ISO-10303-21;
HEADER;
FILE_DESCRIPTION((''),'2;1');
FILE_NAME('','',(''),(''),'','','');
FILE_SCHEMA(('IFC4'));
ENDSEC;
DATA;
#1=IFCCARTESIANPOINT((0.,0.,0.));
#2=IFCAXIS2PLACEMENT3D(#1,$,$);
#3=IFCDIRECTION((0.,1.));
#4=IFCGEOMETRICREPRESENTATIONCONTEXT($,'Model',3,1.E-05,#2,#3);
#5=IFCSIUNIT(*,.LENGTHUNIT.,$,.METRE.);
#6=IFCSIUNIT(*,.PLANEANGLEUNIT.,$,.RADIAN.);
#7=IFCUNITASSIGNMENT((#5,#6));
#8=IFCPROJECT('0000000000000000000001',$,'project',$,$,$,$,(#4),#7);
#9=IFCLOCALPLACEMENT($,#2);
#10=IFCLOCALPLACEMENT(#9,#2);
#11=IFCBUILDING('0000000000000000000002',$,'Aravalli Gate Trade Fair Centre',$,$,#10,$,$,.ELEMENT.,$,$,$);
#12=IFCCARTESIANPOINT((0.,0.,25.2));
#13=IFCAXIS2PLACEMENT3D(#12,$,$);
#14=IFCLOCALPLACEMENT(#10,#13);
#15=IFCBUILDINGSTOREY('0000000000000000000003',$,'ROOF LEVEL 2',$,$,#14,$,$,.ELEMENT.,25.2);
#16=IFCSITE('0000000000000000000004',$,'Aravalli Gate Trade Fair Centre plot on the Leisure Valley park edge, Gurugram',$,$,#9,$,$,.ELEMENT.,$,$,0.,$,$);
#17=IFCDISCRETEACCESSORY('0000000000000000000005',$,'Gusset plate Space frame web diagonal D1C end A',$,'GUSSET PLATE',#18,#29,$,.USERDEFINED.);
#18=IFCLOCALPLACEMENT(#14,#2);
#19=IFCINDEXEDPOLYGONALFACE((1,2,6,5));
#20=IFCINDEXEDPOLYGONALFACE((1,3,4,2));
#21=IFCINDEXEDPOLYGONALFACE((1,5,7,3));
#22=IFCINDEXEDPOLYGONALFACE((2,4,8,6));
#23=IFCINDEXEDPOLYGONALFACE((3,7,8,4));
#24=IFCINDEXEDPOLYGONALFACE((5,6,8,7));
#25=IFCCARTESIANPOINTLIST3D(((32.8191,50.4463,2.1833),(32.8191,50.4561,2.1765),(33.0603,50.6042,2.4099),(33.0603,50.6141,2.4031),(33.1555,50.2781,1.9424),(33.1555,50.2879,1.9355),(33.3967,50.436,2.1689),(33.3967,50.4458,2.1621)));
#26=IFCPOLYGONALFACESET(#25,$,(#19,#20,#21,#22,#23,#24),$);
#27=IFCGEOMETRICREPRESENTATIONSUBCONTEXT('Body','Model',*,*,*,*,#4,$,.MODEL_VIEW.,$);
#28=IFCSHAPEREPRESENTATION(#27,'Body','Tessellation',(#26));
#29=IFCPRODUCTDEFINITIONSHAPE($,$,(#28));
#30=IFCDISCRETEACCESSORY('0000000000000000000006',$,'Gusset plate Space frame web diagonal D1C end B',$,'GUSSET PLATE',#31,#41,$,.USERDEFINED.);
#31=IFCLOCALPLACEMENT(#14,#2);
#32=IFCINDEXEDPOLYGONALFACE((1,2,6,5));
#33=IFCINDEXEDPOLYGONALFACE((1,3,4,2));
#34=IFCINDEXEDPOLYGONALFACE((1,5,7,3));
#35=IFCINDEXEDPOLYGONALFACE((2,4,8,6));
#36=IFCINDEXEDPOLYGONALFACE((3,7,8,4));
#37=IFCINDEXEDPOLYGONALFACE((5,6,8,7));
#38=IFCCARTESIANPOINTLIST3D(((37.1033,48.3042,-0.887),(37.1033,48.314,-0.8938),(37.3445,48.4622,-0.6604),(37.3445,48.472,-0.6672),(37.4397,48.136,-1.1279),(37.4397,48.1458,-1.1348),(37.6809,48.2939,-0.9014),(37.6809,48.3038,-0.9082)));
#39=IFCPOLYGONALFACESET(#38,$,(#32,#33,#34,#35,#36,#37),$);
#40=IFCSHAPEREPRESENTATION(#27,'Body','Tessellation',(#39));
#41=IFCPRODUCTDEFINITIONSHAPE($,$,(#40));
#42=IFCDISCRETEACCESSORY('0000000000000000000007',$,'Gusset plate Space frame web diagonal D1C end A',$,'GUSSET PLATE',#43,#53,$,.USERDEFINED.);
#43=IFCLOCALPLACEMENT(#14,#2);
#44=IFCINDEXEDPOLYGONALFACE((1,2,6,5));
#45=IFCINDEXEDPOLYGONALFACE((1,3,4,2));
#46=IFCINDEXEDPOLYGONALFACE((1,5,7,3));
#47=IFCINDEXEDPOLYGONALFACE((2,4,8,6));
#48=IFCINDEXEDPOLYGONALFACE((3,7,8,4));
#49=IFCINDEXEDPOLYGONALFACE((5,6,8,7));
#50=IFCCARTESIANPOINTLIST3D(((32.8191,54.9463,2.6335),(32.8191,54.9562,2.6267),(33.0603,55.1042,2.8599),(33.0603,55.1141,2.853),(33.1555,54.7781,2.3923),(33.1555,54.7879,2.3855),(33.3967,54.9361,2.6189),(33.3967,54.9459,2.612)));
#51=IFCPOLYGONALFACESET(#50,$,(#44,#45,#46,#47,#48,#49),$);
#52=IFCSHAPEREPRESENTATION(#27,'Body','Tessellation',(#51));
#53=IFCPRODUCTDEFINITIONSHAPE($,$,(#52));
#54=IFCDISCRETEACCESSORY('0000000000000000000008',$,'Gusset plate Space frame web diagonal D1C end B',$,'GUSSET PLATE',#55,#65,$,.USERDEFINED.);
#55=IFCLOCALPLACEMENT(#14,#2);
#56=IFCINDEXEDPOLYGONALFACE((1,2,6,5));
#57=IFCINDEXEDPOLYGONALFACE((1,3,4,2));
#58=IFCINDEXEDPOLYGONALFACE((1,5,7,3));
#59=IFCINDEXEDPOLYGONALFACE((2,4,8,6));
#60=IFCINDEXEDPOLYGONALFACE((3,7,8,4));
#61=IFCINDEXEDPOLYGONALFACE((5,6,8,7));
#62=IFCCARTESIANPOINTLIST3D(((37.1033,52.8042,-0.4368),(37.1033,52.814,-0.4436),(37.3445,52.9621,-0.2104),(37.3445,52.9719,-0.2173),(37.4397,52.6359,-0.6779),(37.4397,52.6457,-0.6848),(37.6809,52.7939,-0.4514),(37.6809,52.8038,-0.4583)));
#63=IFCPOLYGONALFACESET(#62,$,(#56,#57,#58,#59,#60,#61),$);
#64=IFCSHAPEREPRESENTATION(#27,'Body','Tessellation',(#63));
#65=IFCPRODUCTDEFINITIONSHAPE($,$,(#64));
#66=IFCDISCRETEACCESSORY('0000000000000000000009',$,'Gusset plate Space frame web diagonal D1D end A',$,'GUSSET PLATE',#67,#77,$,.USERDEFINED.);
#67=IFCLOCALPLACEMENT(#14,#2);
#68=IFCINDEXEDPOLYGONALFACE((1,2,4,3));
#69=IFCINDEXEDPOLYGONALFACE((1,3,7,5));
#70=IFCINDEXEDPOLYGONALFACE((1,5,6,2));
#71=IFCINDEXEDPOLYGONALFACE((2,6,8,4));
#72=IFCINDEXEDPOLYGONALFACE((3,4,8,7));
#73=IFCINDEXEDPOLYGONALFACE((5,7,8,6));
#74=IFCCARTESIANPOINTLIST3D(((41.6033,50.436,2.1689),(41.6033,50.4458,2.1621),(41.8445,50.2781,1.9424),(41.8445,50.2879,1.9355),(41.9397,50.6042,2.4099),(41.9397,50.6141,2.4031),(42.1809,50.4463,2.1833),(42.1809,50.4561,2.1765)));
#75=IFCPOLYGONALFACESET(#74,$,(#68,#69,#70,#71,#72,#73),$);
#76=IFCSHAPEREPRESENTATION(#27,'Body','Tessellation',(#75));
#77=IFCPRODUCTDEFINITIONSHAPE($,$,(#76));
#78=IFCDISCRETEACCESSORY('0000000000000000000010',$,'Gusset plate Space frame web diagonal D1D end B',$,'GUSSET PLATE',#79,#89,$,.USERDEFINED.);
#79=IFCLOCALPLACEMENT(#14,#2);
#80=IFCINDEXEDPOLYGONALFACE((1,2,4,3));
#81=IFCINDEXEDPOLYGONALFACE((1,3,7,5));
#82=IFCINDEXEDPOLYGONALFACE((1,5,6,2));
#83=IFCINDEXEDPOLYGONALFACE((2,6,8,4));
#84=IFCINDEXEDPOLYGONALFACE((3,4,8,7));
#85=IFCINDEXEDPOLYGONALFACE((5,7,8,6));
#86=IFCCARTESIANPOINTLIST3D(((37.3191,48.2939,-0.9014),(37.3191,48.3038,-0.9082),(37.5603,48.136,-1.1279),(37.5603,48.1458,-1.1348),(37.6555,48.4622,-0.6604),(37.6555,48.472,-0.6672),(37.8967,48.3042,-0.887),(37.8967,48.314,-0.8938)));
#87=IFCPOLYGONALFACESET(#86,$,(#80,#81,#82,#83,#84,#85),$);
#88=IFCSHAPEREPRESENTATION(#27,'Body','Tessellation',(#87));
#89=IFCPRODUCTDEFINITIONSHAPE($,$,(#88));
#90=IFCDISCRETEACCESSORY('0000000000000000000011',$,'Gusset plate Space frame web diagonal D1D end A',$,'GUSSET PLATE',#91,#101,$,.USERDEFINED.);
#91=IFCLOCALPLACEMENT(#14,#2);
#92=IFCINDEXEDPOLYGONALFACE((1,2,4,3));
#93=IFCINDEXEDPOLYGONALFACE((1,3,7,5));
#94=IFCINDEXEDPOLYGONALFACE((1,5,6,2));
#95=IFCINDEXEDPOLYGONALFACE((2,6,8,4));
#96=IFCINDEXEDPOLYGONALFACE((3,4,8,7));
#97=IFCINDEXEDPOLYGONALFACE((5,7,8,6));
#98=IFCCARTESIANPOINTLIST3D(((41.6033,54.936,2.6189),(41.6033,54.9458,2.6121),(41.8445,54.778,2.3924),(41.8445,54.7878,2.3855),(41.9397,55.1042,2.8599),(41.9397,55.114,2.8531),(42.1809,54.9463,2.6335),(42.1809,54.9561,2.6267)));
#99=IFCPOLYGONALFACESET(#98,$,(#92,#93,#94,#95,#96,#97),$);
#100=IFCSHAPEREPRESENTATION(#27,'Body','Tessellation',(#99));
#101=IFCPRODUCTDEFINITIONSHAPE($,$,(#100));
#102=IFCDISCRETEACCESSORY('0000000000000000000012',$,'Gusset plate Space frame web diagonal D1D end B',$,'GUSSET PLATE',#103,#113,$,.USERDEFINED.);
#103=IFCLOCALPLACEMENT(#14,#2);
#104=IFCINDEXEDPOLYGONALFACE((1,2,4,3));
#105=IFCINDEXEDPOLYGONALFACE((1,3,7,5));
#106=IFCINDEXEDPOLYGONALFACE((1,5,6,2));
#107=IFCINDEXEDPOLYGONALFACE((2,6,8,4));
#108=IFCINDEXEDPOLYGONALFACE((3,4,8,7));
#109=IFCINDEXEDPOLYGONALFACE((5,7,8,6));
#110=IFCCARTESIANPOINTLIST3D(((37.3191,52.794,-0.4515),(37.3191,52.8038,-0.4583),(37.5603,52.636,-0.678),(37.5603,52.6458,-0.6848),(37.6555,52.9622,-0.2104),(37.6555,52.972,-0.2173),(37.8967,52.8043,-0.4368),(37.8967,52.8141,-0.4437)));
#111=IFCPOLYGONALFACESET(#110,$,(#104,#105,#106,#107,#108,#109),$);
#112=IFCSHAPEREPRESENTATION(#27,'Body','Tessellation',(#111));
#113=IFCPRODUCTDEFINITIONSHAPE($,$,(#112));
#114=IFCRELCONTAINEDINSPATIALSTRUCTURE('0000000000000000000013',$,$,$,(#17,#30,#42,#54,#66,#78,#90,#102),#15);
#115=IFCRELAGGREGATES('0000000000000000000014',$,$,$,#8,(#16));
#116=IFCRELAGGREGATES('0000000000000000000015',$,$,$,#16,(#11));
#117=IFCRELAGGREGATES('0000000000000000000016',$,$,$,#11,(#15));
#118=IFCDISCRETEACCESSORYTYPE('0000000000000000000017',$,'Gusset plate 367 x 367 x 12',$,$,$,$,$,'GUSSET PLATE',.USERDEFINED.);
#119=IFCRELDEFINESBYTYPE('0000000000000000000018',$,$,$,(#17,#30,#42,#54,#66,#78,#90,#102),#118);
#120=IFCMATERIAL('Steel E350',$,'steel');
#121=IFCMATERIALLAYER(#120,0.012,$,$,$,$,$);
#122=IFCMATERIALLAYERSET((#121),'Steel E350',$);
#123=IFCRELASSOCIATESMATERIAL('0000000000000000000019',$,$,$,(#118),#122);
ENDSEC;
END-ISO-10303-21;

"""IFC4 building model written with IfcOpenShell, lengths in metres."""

from ifc_helpers import new_model, si_unit, direction, frame, origin, place, context, subcontext, project, spatial, polyline, outline, extrude, material, layer, layer_set, type_object, element, save


model = new_model("IFC4")

# Units and contexts
model_context = context("Model", 3, precision=1e-05, world=origin(), true_north=direction((0.0, 1.0)))
body_context = subcontext(model_context, "Body", "Model", "MODEL_VIEW")
ifc_project = project(units=[si_unit("LENGTHUNIT", "METRE"), si_unit("PLANEANGLEUNIT", "RADIAN")], contexts=[model_context])

# Site, building, storey
site_placement = place(None, origin())
site = spatial("IfcSite", under=ifc_project, at=site_placement, Name="Aravalli Gate Trade Fair Centre plot on the Leisure Valley park edge, Gurugram", CompositionType="ELEMENT", RefElevation=0.0)
building_placement = place(site_placement, origin())
building = spatial("IfcBuilding", under=site, at=building_placement, Name="Aravalli Gate Trade Fair Centre", CompositionType="ELEMENT")
storey_placement = place(building_placement, frame((0.0, 0.0, 25.2)))
storey = spatial("IfcBuildingStorey", under=building, at=storey_placement, Name="ROOF LEVEL 2", CompositionType="ELEMENT", Elevation=25.2)

# Shared definitions
ifc_material = material(Name="Steel E350", Category="steel")

# Discrete accessories
ifc_layer = layer(ifc_material, 0.012)
ifc_layer_set = layer_set([ifc_layer], Name="Steel E350")
discrete_accessory_type = type_object("IfcDiscreteAccessoryType", Name="Gusset plate 367 x 367 x 12", ElementType="GUSSET PLATE", PredefinedType="USERDEFINED", material=ifc_layer_set)
discrete_accessory_1_placement = place(storey_placement, frame((33.1555, 50.2781, 1.9424), z_axis=(-0.000292, -0.820164, 0.572128), x_axis=(-0.753132, 0.376566, 0.539435)))
element("IfcDiscreteAccessory", 1, at=discrete_accessory_1_placement, inside=storey, type_object=discrete_accessory_type, Name="Gusset plate Space frame web diagonal D1C end A", ObjectType="GUSSET PLATE", PredefinedType="USERDEFINED", context=body_context, shape_type="SweptSolid", body=[
    extrude(outline(polyline([(0.0, 0.0), (0.4467, 0.0), (0.4467, -0.3667), (0.0, -0.3667), (0.0, 0.0)])), origin(), (0.0, 0.0, -1.0), 0.012),
])
discrete_accessory_2_placement = place(storey_placement, frame((37.1033, 48.3042, -0.887), z_axis=(-0.000292, -0.820164, 0.572128), x_axis=(0.753132, -0.376566, -0.539435)))
element("IfcDiscreteAccessory", 2, at=discrete_accessory_2_placement, inside=storey, type_object=discrete_accessory_type, Name="Gusset plate Space frame web diagonal D1C end B", ObjectType="GUSSET PLATE", PredefinedType="USERDEFINED", context=body_context, shape_type="SweptSolid", body=[
    extrude(outline(polyline([(0.0, 0.0), (0.4467, 0.0), (0.4467, 0.3667), (0.0, 0.3667), (0.0, 0.0)])), origin(), (0.0, 0.0, -1.0), 0.012),
])
discrete_accessory_3_placement = place(storey_placement, frame((33.1555, 54.7781, 2.3923), z_axis=(-0.000049, -0.820141, 0.572161), x_axis=(-0.75291, 0.376583, 0.539733)))
element("IfcDiscreteAccessory", 3, at=discrete_accessory_3_placement, inside=storey, type_object=discrete_accessory_type, Name="Gusset plate Space frame web diagonal D1C end A", ObjectType="GUSSET PLATE", PredefinedType="USERDEFINED", context=body_context, shape_type="SweptSolid", body=[
    extrude(outline(polyline([(0.0, 0.0), (0.4468, 0.0), (0.4469, -0.3665), (0.0002, -0.3667), (0.0, 0.0)])), origin(), (0.0, 0.0, -1.0), 0.012),
])
discrete_accessory_4_placement = place(storey_placement, frame((37.1033, 52.8042, -0.4368), z_axis=(-0.000049, -0.820141, 0.572161), x_axis=(0.75291, -0.376583, -0.539733)))
element("IfcDiscreteAccessory", 4, at=discrete_accessory_4_placement, inside=storey, type_object=discrete_accessory_type, Name="Gusset plate Space frame web diagonal D1C end B", ObjectType="GUSSET PLATE", PredefinedType="USERDEFINED", context=body_context, shape_type="SweptSolid", body=[
    extrude(outline(polyline([(0.0, 0.0), (0.4468, 0.0), (0.4467, 0.3667), (0.0, 0.3665), (0.0, 0.0)])), origin(), (0.0, 0.0, -1.0), 0.012),
])
discrete_accessory_5_placement = place(storey_placement, frame((41.6033, 50.436, 2.1689), z_axis=(0.000292, -0.820164, 0.572128), x_axis=(0.753132, 0.376566, 0.539435)))
element("IfcDiscreteAccessory", 5, at=discrete_accessory_5_placement, inside=storey, type_object=discrete_accessory_type, Name="Gusset plate Space frame web diagonal D1D end A", ObjectType="GUSSET PLATE", PredefinedType="USERDEFINED", context=body_context, shape_type="SweptSolid", body=[
    extrude(outline(polyline([(0.0, 0.0), (0.4467, 0.0), (0.4467, -0.3667), (0.0, -0.3667), (0.0, 0.0)])), origin(), (0.0, 0.0, -1.0), 0.012),
])
discrete_accessory_6_placement = place(storey_placement, frame((37.6555, 48.4622, -0.6604), z_axis=(0.000292, -0.820164, 0.572128), x_axis=(-0.753132, -0.376566, -0.539435)))
element("IfcDiscreteAccessory", 6, at=discrete_accessory_6_placement, inside=storey, type_object=discrete_accessory_type, Name="Gusset plate Space frame web diagonal D1D end B", ObjectType="GUSSET PLATE", PredefinedType="USERDEFINED", context=body_context, shape_type="SweptSolid", body=[
    extrude(outline(polyline([(0.0, 0.0), (0.4467, 0.0), (0.4467, 0.3667), (0.0, 0.3667), (0.0, 0.0)])), origin(), (0.0, 0.0, -1.0), 0.012),
])
discrete_accessory_7_placement = place(storey_placement, frame((41.6033, 54.936, 2.6189), z_axis=(0.000049, -0.820141, 0.572161), x_axis=(0.753132, 0.376438, 0.539524)))
element("IfcDiscreteAccessory", 7, at=discrete_accessory_7_placement, inside=storey, type_object=discrete_accessory_type, Name="Gusset plate Space frame web diagonal D1D end A", ObjectType="GUSSET PLATE", PredefinedType="USERDEFINED", context=body_context, shape_type="SweptSolid", body=[
    extrude(outline(polyline([(0.0, 0.0), (0.4467, 0.0), (0.4468, -0.3665), (0.0, -0.3667), (0.0, 0.0)])), origin(), (0.0, 0.0, -1.0), 0.012),
])
discrete_accessory_8_placement = place(storey_placement, frame((37.6555, 52.9622, -0.2104), z_axis=(0.000049, -0.820141, 0.572161), x_axis=(-0.753132, -0.376438, -0.539524)))
element("IfcDiscreteAccessory", 8, at=discrete_accessory_8_placement, inside=storey, type_object=discrete_accessory_type, Name="Gusset plate Space frame web diagonal D1D end B", ObjectType="GUSSET PLATE", PredefinedType="USERDEFINED", context=body_context, shape_type="SweptSolid", body=[
    extrude(outline(polyline([(0.0, 0.0), (0.4467, 0.0), (0.4467, 0.3667), (-0.0001, 0.3665), (0.0, 0.0)])), origin(), (0.0, 0.0, -1.0), 0.012),
])

save(model, "model.ifc")
